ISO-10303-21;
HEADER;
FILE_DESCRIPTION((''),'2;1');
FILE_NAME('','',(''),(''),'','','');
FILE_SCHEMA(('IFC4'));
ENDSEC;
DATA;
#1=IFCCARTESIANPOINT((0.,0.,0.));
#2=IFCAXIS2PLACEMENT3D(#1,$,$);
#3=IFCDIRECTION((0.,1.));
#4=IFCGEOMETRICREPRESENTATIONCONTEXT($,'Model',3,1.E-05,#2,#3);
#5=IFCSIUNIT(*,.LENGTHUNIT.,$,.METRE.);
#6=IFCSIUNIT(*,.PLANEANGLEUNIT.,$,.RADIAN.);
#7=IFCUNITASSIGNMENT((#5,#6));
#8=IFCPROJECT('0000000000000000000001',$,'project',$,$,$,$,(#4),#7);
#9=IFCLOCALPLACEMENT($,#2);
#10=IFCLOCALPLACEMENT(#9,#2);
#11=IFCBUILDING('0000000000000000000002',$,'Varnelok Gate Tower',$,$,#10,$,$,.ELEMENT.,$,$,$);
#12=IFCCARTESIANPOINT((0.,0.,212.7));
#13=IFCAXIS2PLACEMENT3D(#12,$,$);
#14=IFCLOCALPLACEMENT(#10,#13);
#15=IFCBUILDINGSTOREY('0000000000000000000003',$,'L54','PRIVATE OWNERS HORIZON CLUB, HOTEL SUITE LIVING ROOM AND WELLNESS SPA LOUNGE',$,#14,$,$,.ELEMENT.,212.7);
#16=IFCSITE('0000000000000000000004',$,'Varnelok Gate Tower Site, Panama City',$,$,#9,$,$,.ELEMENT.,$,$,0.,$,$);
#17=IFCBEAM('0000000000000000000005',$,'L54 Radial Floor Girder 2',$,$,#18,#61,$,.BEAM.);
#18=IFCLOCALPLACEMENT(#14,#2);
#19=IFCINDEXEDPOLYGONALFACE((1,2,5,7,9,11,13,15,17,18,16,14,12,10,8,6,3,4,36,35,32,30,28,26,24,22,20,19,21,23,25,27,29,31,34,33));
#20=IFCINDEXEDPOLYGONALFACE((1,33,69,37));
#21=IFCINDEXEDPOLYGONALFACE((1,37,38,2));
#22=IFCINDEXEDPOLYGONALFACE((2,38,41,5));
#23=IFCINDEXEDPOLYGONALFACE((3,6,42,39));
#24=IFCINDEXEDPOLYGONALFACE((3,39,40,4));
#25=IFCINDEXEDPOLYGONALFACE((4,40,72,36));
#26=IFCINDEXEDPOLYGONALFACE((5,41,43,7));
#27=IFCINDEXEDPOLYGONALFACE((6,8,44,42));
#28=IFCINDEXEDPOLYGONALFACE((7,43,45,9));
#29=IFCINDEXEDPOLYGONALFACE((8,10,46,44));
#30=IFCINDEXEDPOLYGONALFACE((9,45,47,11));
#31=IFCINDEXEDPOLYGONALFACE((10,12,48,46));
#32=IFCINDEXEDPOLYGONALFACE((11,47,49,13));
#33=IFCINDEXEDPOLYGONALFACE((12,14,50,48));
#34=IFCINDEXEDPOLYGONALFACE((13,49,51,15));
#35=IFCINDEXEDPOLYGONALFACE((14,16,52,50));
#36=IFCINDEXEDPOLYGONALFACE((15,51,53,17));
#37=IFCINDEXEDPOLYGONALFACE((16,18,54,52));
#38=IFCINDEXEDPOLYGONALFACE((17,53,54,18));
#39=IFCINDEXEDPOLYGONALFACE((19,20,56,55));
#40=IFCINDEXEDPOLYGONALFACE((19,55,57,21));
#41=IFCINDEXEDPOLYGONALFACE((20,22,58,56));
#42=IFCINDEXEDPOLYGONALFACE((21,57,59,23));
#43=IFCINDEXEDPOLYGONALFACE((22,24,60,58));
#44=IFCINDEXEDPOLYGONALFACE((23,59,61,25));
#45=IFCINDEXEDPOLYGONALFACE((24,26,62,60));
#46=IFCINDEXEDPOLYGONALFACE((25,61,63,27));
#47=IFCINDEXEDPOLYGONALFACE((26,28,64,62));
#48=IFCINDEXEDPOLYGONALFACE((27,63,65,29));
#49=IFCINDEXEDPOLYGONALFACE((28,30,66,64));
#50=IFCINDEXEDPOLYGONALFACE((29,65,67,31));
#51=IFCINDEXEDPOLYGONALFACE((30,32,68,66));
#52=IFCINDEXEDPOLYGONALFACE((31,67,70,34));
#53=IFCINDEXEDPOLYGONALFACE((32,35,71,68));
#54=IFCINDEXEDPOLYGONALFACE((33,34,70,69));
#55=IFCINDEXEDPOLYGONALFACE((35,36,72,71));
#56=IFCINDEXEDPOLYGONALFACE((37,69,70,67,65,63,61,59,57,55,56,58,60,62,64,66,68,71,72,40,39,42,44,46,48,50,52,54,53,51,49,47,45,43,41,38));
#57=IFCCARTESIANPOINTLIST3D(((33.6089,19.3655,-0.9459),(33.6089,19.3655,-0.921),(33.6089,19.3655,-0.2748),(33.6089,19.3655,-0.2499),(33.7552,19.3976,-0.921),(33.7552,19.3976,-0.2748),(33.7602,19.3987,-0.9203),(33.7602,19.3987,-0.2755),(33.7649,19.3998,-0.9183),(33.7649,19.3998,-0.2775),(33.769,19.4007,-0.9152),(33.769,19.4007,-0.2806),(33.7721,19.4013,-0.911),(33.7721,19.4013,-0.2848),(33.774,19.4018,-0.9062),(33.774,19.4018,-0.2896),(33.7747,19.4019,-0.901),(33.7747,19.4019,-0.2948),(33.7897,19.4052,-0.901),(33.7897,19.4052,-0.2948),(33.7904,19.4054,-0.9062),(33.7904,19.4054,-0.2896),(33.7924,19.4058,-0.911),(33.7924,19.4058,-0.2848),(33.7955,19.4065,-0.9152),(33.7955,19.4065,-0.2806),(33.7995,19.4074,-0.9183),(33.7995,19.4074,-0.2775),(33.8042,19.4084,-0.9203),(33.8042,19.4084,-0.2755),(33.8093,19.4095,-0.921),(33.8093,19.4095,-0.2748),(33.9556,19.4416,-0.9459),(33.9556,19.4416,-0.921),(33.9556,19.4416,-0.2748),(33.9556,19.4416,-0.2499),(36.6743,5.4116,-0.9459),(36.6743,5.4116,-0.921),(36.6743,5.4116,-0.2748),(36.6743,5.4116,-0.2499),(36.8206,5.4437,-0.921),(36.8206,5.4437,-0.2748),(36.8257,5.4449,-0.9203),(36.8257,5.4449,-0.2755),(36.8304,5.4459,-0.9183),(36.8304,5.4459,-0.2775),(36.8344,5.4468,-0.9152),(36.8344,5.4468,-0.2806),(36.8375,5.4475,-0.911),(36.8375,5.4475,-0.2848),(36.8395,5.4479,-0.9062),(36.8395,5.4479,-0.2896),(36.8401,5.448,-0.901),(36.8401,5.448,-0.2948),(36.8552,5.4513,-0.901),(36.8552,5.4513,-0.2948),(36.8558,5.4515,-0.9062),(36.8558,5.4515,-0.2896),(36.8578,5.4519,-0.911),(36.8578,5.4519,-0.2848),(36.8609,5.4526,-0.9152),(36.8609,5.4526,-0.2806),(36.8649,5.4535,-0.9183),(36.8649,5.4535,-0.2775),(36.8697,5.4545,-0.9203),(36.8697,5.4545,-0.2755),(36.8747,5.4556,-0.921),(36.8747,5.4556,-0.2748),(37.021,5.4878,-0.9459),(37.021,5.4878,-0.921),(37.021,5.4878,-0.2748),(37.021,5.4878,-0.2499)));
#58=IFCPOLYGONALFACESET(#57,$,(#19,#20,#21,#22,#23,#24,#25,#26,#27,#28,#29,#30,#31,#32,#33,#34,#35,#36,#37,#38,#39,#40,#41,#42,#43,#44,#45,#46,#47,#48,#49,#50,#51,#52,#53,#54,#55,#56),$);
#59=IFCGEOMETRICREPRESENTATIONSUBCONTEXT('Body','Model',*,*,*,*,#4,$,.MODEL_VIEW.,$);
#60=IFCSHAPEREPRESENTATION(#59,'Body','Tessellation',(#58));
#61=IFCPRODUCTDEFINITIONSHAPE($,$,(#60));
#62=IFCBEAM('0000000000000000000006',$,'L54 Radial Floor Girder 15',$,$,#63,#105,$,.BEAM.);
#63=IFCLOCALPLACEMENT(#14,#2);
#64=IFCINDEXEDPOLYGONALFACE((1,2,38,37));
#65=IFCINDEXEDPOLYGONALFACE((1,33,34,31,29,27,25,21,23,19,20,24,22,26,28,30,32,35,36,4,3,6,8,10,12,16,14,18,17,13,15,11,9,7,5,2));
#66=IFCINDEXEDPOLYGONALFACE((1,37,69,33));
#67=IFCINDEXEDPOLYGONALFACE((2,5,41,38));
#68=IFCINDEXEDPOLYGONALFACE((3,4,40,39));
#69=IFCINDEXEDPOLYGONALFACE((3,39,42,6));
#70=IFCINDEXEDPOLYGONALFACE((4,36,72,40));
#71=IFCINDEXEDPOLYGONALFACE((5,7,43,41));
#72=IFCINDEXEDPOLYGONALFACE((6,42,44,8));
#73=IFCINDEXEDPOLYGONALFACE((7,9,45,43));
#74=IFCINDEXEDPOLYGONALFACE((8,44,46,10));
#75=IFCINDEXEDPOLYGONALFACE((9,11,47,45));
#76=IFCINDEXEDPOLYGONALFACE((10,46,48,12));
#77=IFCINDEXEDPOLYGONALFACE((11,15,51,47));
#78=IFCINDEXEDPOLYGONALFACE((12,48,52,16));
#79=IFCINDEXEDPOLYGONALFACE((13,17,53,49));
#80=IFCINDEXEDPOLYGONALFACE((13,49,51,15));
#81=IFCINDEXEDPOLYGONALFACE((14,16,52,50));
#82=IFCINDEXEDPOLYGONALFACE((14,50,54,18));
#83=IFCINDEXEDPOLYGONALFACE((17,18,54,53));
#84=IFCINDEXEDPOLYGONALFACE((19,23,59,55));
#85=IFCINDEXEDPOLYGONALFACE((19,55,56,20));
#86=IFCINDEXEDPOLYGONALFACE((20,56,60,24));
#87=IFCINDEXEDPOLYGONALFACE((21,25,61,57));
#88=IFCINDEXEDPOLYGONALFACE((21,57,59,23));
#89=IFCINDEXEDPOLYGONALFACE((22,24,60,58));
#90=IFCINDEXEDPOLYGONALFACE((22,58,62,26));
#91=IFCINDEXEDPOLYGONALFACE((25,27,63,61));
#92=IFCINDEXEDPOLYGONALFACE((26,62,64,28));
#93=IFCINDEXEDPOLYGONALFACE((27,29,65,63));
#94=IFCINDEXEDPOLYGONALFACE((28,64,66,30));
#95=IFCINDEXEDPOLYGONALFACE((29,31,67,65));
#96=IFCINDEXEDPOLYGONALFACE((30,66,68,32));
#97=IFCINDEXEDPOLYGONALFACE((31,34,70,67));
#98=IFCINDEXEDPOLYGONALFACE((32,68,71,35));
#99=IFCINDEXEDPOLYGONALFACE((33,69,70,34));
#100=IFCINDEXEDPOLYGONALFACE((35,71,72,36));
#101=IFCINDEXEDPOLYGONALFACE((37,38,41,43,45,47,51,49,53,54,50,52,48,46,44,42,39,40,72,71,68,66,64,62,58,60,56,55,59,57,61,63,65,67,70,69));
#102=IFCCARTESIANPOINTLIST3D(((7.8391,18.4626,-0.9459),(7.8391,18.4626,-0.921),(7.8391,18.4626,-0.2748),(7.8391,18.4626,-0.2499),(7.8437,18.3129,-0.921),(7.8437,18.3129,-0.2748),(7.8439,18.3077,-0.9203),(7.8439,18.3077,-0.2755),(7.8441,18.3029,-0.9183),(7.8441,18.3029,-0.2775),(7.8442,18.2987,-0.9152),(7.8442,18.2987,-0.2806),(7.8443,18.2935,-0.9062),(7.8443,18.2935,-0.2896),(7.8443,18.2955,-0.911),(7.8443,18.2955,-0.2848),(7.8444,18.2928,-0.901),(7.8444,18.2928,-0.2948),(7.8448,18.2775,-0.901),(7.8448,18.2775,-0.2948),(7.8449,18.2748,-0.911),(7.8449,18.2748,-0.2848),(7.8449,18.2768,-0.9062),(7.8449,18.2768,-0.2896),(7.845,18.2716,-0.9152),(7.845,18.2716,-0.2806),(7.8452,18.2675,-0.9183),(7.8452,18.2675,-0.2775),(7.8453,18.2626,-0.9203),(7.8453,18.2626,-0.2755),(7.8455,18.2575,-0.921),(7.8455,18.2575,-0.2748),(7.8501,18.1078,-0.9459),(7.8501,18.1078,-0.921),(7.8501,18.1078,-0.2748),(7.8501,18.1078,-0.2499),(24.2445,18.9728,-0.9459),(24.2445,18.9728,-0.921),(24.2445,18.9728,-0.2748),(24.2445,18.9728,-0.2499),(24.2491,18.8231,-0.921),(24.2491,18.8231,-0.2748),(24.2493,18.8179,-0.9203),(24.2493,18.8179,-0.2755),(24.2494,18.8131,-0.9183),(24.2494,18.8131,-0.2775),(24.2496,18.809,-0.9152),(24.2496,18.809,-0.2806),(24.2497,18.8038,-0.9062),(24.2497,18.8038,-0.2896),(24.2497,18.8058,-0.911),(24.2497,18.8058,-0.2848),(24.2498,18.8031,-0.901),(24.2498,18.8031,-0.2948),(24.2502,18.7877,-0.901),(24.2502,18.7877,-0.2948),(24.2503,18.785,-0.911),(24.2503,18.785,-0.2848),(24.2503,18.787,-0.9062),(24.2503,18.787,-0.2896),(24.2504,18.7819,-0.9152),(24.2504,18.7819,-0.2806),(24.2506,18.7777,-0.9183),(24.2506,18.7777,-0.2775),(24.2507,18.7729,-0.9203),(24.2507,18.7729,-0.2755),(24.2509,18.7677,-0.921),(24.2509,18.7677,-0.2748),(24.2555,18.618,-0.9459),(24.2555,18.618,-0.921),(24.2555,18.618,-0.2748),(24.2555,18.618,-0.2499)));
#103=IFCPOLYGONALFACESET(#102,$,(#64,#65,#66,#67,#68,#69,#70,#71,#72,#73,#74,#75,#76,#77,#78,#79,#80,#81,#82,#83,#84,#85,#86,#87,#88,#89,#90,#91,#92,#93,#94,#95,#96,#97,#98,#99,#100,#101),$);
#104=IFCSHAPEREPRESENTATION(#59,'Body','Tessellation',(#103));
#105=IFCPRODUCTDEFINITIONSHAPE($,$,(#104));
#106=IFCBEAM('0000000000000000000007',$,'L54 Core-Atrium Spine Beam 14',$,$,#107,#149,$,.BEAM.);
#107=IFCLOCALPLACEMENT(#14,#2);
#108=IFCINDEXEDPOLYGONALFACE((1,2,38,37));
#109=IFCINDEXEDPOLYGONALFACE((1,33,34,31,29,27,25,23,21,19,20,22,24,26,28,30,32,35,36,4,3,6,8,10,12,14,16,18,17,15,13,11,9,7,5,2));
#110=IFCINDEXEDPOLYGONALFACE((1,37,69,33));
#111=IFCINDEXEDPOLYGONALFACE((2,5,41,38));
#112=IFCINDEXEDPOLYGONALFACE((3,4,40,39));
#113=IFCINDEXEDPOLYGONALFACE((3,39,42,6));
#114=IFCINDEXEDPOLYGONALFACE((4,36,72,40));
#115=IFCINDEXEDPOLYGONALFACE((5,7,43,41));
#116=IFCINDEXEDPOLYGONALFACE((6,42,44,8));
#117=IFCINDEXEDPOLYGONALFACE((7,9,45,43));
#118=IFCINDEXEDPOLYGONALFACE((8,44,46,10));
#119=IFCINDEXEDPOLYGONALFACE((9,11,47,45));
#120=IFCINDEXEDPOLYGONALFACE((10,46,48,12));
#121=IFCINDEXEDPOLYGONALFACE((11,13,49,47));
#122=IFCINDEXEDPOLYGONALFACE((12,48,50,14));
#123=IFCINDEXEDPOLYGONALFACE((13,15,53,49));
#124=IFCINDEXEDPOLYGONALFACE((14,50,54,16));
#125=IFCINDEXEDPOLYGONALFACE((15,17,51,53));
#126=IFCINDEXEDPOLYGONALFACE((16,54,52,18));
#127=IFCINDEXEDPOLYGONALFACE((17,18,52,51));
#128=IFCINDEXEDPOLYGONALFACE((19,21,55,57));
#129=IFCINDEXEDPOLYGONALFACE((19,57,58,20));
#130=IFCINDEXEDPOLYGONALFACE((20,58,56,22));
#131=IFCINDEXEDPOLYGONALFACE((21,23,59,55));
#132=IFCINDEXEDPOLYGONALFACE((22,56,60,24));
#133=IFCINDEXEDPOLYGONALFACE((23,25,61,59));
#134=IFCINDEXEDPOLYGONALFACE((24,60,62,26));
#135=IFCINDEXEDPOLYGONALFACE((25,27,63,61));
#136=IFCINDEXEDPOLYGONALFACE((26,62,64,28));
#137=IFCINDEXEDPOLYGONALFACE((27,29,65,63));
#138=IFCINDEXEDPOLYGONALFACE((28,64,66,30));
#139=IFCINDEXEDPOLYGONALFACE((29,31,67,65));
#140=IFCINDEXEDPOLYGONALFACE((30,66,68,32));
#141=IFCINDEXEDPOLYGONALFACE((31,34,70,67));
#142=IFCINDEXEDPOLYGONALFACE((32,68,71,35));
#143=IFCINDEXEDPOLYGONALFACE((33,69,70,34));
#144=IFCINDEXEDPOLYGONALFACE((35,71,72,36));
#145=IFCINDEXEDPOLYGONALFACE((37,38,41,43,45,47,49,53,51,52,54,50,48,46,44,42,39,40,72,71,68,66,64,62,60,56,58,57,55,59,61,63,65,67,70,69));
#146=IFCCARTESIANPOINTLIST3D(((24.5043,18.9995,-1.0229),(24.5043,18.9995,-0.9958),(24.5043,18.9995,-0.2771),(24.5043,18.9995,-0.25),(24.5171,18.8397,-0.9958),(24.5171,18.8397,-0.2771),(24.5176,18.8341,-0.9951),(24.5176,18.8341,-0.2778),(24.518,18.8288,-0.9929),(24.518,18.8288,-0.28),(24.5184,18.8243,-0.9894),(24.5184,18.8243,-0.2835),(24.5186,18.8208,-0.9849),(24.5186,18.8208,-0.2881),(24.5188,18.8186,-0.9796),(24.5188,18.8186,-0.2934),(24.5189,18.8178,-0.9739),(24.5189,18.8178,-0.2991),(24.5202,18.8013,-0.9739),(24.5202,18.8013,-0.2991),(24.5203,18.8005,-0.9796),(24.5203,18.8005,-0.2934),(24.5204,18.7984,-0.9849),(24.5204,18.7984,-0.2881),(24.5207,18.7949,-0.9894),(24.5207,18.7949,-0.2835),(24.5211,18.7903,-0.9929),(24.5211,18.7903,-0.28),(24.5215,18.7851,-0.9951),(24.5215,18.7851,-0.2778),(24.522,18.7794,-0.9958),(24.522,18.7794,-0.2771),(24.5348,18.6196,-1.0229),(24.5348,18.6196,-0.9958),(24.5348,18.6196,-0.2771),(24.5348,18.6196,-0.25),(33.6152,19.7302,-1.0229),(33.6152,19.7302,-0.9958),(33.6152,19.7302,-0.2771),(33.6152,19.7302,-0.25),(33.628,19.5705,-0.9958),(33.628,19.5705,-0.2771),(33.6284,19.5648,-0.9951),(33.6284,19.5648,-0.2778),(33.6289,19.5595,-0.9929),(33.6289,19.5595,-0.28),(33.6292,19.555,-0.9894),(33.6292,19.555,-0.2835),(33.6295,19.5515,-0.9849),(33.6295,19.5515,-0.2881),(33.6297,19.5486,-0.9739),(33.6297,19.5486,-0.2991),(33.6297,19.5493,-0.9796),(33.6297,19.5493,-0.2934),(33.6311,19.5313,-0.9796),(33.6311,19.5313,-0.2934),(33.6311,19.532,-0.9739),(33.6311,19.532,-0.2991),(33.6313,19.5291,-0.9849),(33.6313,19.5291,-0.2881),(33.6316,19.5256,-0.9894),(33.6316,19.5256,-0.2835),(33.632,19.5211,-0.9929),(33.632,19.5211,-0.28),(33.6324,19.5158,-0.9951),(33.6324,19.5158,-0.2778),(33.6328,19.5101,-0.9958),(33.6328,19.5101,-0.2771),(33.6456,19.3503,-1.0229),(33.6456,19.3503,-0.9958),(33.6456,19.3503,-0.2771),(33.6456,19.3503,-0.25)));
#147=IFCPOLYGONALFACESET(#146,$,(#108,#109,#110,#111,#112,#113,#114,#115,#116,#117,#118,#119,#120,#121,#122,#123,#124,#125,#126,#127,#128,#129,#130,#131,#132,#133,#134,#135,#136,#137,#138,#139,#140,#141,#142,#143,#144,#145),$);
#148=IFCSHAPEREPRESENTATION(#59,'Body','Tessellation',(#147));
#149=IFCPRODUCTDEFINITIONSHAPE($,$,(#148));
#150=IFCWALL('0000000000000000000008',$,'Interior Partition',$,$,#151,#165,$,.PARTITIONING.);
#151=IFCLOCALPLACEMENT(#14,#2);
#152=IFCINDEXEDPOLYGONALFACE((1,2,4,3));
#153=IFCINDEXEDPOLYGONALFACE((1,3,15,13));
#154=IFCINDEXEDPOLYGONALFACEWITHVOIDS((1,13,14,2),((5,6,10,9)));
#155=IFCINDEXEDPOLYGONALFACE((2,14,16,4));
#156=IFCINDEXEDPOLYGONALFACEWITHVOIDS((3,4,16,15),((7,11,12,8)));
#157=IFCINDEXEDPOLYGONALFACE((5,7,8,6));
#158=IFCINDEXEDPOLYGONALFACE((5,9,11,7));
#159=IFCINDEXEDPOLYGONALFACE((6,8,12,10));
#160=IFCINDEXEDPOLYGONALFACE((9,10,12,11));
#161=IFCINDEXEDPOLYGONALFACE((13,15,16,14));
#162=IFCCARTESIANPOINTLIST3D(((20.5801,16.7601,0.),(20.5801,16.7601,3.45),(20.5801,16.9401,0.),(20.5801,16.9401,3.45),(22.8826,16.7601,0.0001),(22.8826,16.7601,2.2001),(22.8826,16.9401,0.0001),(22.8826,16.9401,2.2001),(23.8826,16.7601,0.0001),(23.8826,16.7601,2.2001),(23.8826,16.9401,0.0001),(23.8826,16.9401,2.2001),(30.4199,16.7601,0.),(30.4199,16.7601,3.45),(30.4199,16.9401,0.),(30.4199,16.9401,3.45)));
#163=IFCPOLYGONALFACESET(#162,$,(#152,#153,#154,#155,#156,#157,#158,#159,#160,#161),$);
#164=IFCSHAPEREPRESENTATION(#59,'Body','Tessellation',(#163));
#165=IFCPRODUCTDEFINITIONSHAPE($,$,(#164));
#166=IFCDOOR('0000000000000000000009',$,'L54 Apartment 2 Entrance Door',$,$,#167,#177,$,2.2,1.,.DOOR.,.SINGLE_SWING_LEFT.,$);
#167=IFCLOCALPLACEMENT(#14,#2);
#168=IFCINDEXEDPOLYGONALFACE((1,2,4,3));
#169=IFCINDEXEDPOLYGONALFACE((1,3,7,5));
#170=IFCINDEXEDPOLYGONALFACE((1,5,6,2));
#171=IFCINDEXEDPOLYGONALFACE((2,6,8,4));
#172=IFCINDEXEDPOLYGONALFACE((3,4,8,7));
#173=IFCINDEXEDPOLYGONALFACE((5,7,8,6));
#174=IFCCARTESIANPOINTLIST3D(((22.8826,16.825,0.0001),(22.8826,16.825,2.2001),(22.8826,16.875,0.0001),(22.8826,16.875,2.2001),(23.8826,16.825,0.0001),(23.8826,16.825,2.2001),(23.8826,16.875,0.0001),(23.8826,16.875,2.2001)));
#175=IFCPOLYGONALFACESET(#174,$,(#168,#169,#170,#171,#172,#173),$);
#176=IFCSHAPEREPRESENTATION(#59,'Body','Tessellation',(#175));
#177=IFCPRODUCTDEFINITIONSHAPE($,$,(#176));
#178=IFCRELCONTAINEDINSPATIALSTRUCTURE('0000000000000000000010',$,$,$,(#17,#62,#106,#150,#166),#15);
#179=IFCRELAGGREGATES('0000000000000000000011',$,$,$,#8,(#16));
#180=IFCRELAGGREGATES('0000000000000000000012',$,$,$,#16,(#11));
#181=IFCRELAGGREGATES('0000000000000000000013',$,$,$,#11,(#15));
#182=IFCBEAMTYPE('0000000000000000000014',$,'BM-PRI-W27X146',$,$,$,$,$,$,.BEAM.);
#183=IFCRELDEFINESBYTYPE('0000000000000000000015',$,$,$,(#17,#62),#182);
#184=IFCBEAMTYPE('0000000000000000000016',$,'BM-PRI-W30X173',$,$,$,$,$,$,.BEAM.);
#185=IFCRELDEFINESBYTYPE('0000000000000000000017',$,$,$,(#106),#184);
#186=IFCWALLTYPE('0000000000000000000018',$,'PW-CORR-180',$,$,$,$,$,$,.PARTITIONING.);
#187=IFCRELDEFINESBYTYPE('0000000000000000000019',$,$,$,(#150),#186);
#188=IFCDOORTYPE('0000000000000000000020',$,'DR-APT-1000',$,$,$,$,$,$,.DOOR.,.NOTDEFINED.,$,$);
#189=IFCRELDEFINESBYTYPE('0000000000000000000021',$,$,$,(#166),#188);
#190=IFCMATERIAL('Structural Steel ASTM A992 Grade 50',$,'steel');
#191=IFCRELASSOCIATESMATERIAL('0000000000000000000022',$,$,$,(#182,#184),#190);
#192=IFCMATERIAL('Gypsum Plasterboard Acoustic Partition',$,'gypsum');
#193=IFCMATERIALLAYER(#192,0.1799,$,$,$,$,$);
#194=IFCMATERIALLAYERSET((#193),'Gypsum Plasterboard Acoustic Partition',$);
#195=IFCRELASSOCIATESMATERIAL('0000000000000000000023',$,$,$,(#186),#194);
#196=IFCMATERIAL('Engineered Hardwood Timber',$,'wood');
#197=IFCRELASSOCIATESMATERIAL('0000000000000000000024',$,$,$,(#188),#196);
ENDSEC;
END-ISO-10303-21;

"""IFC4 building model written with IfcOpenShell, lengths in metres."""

from ifc_helpers import new_model, si_unit, direction, frame, frame_2d, origin, origin_2d, place, context, subcontext, project, spatial, rectangle, i_section, extrude, material, layer, layer_set, material_profile, profile_set, type_object, element, fill, save


model = new_model("IFC4")

# Units and contexts
model_context = context("Model", 3, precision=1e-05, world=origin(), true_north=direction((0.0, 1.0)))
body_context = subcontext(model_context, "Body", "Model", "MODEL_VIEW")
ifc_project = project(units=[si_unit("LENGTHUNIT", "METRE"), si_unit("PLANEANGLEUNIT", "RADIAN")], contexts=[model_context])

# Site, building, storey
site_placement = place(None, origin())
site = spatial("IfcSite", under=ifc_project, at=site_placement, Name="Varnelok Gate Tower Site, Panama City", CompositionType="ELEMENT", RefElevation=0.0)
building_placement = place(site_placement, origin())
building = spatial("IfcBuilding", under=site, at=building_placement, Name="Varnelok Gate Tower", CompositionType="ELEMENT")
storey_placement = place(building_placement, frame((0.0, 0.0, 212.7)))
storey = spatial("IfcBuildingStorey", under=building, at=storey_placement, Name="L54", Description="PRIVATE OWNERS HORIZON CLUB, HOTEL SUITE LIVING ROOM AND WELLNESS SPA LOUNGE", CompositionType="ELEMENT", Elevation=212.7)

# Shared definitions
ifc_material_1 = material(Name="Structural Steel ASTM A992 Grade 50", Category="steel")

# Beams
ifc_material_profile_1 = material_profile(ifc_material_1, i_section(OverallWidth=0.355, OverallDepth=0.696, WebThickness=0.0154, FlangeThickness=0.0249, FilletRadius=0.02, at=origin_2d()), Name="W27X146")
ifc_profile_set_1 = profile_set([ifc_material_profile_1], Name="Structural Steel ASTM A992 Grade 50")
beam_type_1 = type_object("IfcBeamType", Name="BM-PRI-W27X146", PredefinedType="BEAM", material=ifc_profile_set_1)
beam_1_placement = place(storey_placement, frame((33.7822, 19.4036, -0.5979), z_axis=(0.214567, -0.976709, 0.0), x_axis=(0.976709, 0.214567, 0.0)))
element("IfcBeam", 1, at=beam_1_placement, inside=storey, type_object=beam_type_1, Name="L54 Radial Floor Girder 2", PredefinedType="BEAM", context=body_context, shape_type="SweptSolid", body=[
    extrude(i_section(OverallWidth=0.355, OverallDepth=0.696, WebThickness=0.0154, FlangeThickness=0.0249, FilletRadius=0.02, at=origin_2d()), origin(), (0.0, 0.0, 1.0), 14.2866),
])
beam_2_placement = place(storey_placement, frame((24.25, 18.7954, -0.5979), z_axis=(-0.999517, -0.031088, 0.0), x_axis=(0.031088, -0.999517, 0.0)))
element("IfcBeam", 2, at=beam_2_placement, inside=storey, type_object=beam_type_1, Name="L54 Radial Floor Girder 15", PredefinedType="BEAM", context=body_context, shape_type="SweptSolid", body=[
    extrude(i_section(OverallWidth=0.355, OverallDepth=0.696, WebThickness=0.0154, FlangeThickness=0.0249, FilletRadius=0.02, at=origin_2d()), origin(), (0.0, 0.0, 1.0), 16.4133),
])
ifc_material_profile_2 = material_profile(ifc_material_1, i_section(OverallWidth=0.3811, OverallDepth=0.7729, WebThickness=0.0166, FlangeThickness=0.0271, FilletRadius=0.022, at=origin_2d()), Name="W30X173")
ifc_profile_set_2 = profile_set([ifc_material_profile_2], Name="Structural Steel ASTM A992 Grade 50")
beam_type_2 = type_object("IfcBeamType", Name="BM-PRI-W30X173", PredefinedType="BEAM", material=ifc_profile_set_2)
beam_3_placement = place(storey_placement, frame((24.5195, 18.8096, -0.6365), z_axis=(0.996799, 0.079946, 0.0), x_axis=(-0.079946, 0.996799, 0.0)))
element("IfcBeam", 3, at=beam_3_placement, inside=storey, type_object=beam_type_2, Name="L54 Core-Atrium Spine Beam 14", PredefinedType="BEAM", context=body_context, shape_type="SweptSolid", body=[
    extrude(i_section(OverallWidth=0.3811, OverallDepth=0.7729, WebThickness=0.0166, FlangeThickness=0.0271, FilletRadius=0.022, at=origin_2d()), origin(), (0.0, 0.0, 1.0), 9.1401),
])

# Wall, opening, door
ifc_material_2 = material(Name="Gypsum Plasterboard Acoustic Partition", Category="gypsum")
ifc_layer_1 = layer(ifc_material_2, 0.1799)
ifc_layer_set_1 = layer_set([ifc_layer_1], Name="Gypsum Plasterboard Acoustic Partition")
wall_type_1 = type_object("IfcWallType", Name="PW-CORR-180", PredefinedType="PARTITIONING", material=ifc_layer_set_1)
wall_1_placement = place(storey_placement, frame((20.5801, 16.8501, 0.0), z_axis=(0.0, 0.0, 1.0), x_axis=(1.0, 0.0, 0.0)))
wall_1 = element("IfcWall", 4, at=wall_1_placement, inside=storey, type_object=wall_type_1, Name="Interior Partition", PredefinedType="PARTITIONING", context=body_context, shape_type="SweptSolid", body=[
    extrude(rectangle(XDim=9.8398, YDim=0.1799, at=frame_2d((4.9199, 0.0))), origin(), (0.0, 0.0, 1.0), 3.45),
])
opening_1_placement = place(wall_1_placement, frame((2.3025, 0.0, 0.0)))
opening_1 = element("IfcOpeningElement", 5, at=opening_1_placement, cuts=wall_1, PredefinedType="OPENING", context=body_context, shape_type="SweptSolid", body=[
    extrude(rectangle(XDim=1.0, YDim=2.2, at=frame_2d((0.5, 1.1001))), frame((0.0, 0.0999, 0.0), z_axis=(0.0, -1.0, 0.0), x_axis=(1.0, 0.0, 0.0)), (0.0, 0.0, 1.0), 0.2),
])
ifc_material_3 = material(Name="Engineered Hardwood Timber", Category="wood")
door_type_1 = type_object("IfcDoorType", Name="DR-APT-1000", OperationType="NOTDEFINED", PredefinedType="DOOR", material=ifc_material_3)
door_1_placement = place(opening_1_placement, origin())
door_1 = element("IfcDoor", 6, at=door_1_placement, inside=storey, type_object=door_type_1, Name="L54 Apartment 2 Entrance Door", OperationType="SINGLE_SWING_LEFT", OverallHeight=2.2, OverallWidth=1.0, PredefinedType="DOOR", context=body_context, shape_type="SweptSolid", body=[
    extrude(rectangle(XDim=1.0, YDim=2.2, at=frame_2d((0.5, 1.1001))), frame((0.0, 0.0249, 0.0), z_axis=(0.0, -1.0, 0.0), x_axis=(1.0, 0.0, 0.0)), (0.0, 0.0, 1.0), 0.05),
])
fill(opening_1, door_1)

save(model, "model.ifc")
